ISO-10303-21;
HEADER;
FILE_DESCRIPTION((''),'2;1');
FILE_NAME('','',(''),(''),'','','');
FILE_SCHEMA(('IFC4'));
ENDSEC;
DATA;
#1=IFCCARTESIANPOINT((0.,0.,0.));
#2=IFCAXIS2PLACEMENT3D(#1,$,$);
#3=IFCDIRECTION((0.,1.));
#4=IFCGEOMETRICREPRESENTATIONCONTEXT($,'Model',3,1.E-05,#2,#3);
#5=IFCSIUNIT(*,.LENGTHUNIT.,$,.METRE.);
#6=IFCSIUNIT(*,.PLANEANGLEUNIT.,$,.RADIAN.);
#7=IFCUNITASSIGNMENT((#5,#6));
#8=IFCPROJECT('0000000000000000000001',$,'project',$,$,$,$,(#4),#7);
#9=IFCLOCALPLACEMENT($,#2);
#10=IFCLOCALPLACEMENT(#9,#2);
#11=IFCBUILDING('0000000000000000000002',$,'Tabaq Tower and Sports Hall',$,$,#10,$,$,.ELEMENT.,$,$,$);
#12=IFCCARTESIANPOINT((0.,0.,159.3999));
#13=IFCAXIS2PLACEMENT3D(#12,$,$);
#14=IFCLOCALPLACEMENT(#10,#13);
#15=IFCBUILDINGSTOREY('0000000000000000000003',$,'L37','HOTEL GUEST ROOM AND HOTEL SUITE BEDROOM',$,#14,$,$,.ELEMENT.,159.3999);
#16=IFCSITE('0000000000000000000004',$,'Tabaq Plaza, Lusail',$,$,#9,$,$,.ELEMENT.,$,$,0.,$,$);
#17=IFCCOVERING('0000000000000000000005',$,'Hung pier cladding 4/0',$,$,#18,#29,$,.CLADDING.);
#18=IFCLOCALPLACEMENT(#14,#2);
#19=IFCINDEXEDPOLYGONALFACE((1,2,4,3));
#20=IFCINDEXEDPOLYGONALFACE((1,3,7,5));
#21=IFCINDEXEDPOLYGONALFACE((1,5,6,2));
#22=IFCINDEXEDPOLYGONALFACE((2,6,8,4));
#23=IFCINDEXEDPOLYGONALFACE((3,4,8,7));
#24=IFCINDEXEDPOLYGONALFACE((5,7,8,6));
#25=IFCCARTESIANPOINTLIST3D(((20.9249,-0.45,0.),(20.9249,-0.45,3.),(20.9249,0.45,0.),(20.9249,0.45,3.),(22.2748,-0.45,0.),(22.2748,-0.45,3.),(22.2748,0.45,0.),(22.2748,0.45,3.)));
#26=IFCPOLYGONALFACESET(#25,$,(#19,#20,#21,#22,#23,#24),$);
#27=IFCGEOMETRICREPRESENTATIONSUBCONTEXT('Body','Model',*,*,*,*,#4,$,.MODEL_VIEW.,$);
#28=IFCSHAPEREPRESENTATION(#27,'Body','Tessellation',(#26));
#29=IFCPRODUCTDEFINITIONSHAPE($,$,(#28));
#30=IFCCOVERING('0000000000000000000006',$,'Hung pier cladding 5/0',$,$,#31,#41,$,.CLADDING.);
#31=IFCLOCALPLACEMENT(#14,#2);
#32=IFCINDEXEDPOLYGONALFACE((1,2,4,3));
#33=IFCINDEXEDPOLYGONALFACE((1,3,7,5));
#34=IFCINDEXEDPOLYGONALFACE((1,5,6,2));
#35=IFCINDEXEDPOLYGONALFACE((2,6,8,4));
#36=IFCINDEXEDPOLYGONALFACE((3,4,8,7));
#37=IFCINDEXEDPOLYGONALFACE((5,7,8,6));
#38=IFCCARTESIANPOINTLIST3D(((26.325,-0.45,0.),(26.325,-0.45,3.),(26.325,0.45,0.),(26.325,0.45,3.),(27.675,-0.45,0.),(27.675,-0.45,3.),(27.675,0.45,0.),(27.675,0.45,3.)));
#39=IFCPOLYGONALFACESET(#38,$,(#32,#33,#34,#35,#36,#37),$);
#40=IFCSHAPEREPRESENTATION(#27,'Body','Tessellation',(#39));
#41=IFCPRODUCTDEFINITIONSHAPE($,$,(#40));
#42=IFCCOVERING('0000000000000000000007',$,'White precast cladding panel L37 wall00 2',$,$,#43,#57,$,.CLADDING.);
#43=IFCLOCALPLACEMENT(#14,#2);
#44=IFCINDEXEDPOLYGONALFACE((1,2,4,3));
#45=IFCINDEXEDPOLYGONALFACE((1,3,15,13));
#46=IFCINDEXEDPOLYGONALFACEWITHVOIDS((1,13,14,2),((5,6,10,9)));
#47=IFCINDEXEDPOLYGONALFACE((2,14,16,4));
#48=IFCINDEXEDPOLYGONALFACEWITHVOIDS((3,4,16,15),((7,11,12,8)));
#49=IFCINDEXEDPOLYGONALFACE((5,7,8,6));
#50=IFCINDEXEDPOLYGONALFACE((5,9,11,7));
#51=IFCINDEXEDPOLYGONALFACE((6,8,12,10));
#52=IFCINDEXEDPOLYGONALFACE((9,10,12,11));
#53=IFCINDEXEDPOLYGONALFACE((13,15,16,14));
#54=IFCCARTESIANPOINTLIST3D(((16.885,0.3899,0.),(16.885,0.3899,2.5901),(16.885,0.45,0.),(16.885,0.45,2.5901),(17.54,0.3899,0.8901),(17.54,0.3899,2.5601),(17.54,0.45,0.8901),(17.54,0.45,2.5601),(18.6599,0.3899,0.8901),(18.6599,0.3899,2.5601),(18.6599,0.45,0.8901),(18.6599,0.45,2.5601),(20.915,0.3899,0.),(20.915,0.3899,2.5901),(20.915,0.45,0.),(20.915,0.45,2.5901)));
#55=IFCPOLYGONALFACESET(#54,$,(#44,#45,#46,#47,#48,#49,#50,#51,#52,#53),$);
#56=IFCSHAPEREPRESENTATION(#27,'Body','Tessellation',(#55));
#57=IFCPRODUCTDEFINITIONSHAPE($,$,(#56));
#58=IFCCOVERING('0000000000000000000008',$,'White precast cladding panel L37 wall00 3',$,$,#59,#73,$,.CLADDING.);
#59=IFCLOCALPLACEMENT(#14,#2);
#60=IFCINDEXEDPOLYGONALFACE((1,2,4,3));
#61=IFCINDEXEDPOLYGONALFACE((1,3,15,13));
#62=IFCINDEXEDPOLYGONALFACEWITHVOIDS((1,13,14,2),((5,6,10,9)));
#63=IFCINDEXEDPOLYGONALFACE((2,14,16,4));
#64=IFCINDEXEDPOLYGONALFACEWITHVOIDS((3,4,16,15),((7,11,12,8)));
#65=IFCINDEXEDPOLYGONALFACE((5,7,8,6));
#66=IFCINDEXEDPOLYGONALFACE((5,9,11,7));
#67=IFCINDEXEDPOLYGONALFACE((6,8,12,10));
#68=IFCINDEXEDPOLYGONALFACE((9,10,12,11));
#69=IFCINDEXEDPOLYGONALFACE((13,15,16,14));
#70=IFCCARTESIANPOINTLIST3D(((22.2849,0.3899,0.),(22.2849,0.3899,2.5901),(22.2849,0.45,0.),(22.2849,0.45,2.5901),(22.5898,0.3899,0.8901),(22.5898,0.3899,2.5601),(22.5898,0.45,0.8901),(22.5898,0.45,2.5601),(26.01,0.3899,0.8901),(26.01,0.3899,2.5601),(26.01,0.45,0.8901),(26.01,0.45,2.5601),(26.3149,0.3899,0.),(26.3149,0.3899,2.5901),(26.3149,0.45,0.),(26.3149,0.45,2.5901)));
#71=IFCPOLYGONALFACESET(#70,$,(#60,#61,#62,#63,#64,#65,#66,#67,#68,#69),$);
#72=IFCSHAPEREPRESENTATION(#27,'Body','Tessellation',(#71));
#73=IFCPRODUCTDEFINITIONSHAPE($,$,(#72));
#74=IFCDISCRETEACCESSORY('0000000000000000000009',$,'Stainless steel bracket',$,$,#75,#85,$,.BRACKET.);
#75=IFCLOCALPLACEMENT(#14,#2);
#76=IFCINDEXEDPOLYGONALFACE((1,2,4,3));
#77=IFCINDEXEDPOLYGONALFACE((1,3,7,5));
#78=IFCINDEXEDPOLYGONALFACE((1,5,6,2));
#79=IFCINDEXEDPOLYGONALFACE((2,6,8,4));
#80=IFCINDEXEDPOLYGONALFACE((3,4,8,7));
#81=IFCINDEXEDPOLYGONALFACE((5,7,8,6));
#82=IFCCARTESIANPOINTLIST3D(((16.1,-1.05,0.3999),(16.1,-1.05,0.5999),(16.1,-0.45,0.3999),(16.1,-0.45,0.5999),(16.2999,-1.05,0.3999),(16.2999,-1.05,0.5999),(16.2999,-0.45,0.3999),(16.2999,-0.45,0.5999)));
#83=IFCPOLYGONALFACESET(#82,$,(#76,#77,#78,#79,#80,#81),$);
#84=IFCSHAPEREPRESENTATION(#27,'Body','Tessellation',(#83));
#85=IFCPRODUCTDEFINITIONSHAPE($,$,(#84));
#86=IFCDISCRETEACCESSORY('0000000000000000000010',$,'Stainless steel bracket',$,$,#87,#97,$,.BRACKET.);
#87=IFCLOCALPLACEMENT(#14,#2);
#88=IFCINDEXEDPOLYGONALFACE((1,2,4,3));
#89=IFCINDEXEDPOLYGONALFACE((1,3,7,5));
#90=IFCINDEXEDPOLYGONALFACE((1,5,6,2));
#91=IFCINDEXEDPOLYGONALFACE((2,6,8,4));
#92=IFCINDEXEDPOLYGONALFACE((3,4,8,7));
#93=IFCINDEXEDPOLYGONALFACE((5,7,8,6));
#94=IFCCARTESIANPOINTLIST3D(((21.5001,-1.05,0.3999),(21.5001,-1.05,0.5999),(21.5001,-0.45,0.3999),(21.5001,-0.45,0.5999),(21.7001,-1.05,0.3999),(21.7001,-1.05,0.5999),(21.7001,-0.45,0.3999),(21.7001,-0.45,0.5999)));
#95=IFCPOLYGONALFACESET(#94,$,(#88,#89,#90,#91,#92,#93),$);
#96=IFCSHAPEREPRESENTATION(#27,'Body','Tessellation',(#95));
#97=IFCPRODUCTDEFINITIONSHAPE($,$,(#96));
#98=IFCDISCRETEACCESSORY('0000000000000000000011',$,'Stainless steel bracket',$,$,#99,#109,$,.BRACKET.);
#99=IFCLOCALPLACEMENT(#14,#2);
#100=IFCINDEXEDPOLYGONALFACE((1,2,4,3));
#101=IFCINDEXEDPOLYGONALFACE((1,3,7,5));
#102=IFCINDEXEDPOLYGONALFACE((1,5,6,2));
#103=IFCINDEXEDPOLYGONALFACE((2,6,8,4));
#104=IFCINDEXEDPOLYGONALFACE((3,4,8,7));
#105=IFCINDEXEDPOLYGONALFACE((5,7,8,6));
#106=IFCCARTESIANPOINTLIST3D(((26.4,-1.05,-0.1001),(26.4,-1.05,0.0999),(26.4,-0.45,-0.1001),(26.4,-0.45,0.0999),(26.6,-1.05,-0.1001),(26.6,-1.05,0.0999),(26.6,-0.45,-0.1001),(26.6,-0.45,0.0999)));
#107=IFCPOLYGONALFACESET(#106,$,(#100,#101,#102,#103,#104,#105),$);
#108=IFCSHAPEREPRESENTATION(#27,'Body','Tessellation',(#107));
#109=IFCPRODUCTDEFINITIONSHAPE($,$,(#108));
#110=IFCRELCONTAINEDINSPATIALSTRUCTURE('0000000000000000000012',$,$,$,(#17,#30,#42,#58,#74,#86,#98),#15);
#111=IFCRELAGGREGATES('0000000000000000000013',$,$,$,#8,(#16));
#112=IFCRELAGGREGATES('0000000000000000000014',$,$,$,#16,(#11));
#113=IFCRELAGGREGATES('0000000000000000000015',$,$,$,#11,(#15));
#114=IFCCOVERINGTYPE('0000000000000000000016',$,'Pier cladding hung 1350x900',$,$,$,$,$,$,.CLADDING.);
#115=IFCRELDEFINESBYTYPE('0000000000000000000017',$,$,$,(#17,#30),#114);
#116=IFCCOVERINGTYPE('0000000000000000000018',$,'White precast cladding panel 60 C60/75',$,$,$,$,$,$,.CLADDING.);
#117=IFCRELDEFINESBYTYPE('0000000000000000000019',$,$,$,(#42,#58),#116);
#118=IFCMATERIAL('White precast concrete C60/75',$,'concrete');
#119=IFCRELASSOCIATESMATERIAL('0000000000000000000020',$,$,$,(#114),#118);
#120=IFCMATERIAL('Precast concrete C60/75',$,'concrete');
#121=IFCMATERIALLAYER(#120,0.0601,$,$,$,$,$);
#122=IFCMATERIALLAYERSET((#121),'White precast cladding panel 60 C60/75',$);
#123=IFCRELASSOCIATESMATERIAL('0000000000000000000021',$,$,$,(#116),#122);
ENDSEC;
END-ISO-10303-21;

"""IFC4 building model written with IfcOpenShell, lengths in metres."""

from ifc_helpers import new_model, si_unit, direction, frame, frame_2d, origin, origin_2d, place, context, subcontext, project, spatial, polyline, rectangle, outline, extrude, material, layer, layer_set, type_object, element, save


model = new_model("IFC4")

# Units and contexts
model_context = context("Model", 3, precision=1e-05, world=origin(), true_north=direction((0.0, 1.0)))
body_context = subcontext(model_context, "Body", "Model", "MODEL_VIEW")
ifc_project = project(units=[si_unit("LENGTHUNIT", "METRE"), si_unit("PLANEANGLEUNIT", "RADIAN")], contexts=[model_context])

# Site, building, storey
site_placement = place(None, origin())
site = spatial("IfcSite", under=ifc_project, at=site_placement, Name="Tabaq Plaza, Lusail", CompositionType="ELEMENT", RefElevation=0.0)
building_placement = place(site_placement, origin())
building = spatial("IfcBuilding", under=site, at=building_placement, Name="Tabaq Tower and Sports Hall", CompositionType="ELEMENT")
storey_placement = place(building_placement, frame((0.0, 0.0, 159.3999)))
storey = spatial("IfcBuildingStorey", under=building, at=storey_placement, Name="L37", Description="HOTEL GUEST ROOM AND HOTEL SUITE BEDROOM", CompositionType="ELEMENT", Elevation=159.3999)

# Coverings
ifc_material_1 = material(Name="White precast concrete C60/75", Category="concrete")
covering_type_1 = type_object("IfcCoveringType", Name="Pier cladding hung 1350x900", PredefinedType="CLADDING", material=ifc_material_1)
covering_1_placement = place(storey_placement, frame((20.925, 0.0, 0.0), z_axis=(0.0, 0.0, 1.0), x_axis=(1.0, 0.0, 0.0)))
element("IfcCovering", 1, at=covering_1_placement, inside=storey, type_object=covering_type_1, Name="Hung pier cladding 4/0", PredefinedType="CLADDING", context=body_context, shape_type="SweptSolid", body=[
    extrude(rectangle(XDim=1.3499, YDim=0.8999, at=frame_2d((0.6748, 0.0))), origin(), (0.0, 0.0, 1.0), 3.0),
])
covering_2_placement = place(storey_placement, frame((26.325, 0.0, 0.0), z_axis=(0.0, 0.0, 1.0), x_axis=(1.0, 0.0, 0.0)))
element("IfcCovering", 2, at=covering_2_placement, inside=storey, type_object=covering_type_1, Name="Hung pier cladding 5/0", PredefinedType="CLADDING", context=body_context, shape_type="SweptSolid", body=[
    extrude(rectangle(XDim=1.3501, YDim=0.8999, at=frame_2d((0.675, 0.0))), origin(), (0.0, 0.0, 1.0), 3.0),
])
ifc_material_2 = material(Name="Precast concrete C60/75", Category="concrete")
ifc_layer_1 = layer(ifc_material_2, 0.0601)
ifc_layer_set_1 = layer_set([ifc_layer_1], Name="White precast cladding panel 60 C60/75")
covering_type_2 = type_object("IfcCoveringType", Name="White precast cladding panel 60 C60/75", PredefinedType="CLADDING", material=ifc_layer_set_1)
covering_3_placement = place(storey_placement, frame((16.885, 0.4199, 0.0), z_axis=(0.0, 0.0, 1.0), x_axis=(1.0, 0.0, 0.0)))
element("IfcCovering", 3, at=covering_3_placement, inside=storey, type_object=covering_type_2, Name="White precast cladding panel L37 wall00 2", PredefinedType="CLADDING", context=body_context, shape_type="SweptSolid", body=[
    extrude(outline(polyline([(0.0, 0.0), (4.03, 0.0), (4.03, 2.5901), (0.0, 2.5901), (0.0, 0.0)]), holes=[polyline([(1.7749, 0.8901), (0.655, 0.8901), (0.655, 2.5601), (1.7749, 2.5601), (1.7749, 0.8901)])]), frame((0.0, 0.03, 0.0), z_axis=(0.0, -1.0, 0.0), x_axis=(1.0, 0.0, 0.0)), (0.0, 0.0, 1.0), 0.0601),
])
covering_4_placement = place(storey_placement, frame((22.2849, 0.4199, 0.0), z_axis=(0.0, 0.0, 1.0), x_axis=(1.0, 0.0, 0.0)))
element("IfcCovering", 4, at=covering_4_placement, inside=storey, type_object=covering_type_2, Name="White precast cladding panel L37 wall00 3", PredefinedType="CLADDING", context=body_context, shape_type="SweptSolid", body=[
    extrude(outline(polyline([(0.0, 0.0), (4.03, 0.0), (4.03, 2.5901), (0.0, 2.5901), (0.0, 0.0)]), holes=[polyline([(3.7251, 0.8901), (0.3049, 0.8901), (0.3049, 2.5601), (3.7251, 2.5601), (3.7251, 0.8901)])]), frame((0.0, 0.03, 0.0), z_axis=(0.0, -1.0, 0.0), x_axis=(1.0, 0.0, 0.0)), (0.0, 0.0, 1.0), 0.0601),
])

# Discrete accessories
for number, where, z_axis, x_axis, name in (
    (5, (16.2, -0.75, 0.3999), (0.0, 0.0, 1.0), (0.0, -1.0, 0.0), "Stainless steel bracket"),
    (6, (21.6001, -0.75, 0.3999), (0.0, 0.0, 1.0), (0.0, -1.0, 0.0), "Stainless steel bracket"),
    (7, (26.5, -0.75, -0.1001), (0.0, 0.0, 1.0), (0.0, -1.0, 0.0), "Stainless steel bracket"),
):
    element("IfcDiscreteAccessory", number, at=place(storey_placement, frame(where, z_axis=z_axis, x_axis=x_axis)), inside=storey, Name=name, PredefinedType="BRACKET", context=body_context, shape_type="SweptSolid", body=[
        extrude(rectangle(XDim=0.6001, YDim=0.2, at=origin_2d()), origin(), (0.0, 0.0, 1.0), 0.2),
    ])

save(model, "model.ifc")
